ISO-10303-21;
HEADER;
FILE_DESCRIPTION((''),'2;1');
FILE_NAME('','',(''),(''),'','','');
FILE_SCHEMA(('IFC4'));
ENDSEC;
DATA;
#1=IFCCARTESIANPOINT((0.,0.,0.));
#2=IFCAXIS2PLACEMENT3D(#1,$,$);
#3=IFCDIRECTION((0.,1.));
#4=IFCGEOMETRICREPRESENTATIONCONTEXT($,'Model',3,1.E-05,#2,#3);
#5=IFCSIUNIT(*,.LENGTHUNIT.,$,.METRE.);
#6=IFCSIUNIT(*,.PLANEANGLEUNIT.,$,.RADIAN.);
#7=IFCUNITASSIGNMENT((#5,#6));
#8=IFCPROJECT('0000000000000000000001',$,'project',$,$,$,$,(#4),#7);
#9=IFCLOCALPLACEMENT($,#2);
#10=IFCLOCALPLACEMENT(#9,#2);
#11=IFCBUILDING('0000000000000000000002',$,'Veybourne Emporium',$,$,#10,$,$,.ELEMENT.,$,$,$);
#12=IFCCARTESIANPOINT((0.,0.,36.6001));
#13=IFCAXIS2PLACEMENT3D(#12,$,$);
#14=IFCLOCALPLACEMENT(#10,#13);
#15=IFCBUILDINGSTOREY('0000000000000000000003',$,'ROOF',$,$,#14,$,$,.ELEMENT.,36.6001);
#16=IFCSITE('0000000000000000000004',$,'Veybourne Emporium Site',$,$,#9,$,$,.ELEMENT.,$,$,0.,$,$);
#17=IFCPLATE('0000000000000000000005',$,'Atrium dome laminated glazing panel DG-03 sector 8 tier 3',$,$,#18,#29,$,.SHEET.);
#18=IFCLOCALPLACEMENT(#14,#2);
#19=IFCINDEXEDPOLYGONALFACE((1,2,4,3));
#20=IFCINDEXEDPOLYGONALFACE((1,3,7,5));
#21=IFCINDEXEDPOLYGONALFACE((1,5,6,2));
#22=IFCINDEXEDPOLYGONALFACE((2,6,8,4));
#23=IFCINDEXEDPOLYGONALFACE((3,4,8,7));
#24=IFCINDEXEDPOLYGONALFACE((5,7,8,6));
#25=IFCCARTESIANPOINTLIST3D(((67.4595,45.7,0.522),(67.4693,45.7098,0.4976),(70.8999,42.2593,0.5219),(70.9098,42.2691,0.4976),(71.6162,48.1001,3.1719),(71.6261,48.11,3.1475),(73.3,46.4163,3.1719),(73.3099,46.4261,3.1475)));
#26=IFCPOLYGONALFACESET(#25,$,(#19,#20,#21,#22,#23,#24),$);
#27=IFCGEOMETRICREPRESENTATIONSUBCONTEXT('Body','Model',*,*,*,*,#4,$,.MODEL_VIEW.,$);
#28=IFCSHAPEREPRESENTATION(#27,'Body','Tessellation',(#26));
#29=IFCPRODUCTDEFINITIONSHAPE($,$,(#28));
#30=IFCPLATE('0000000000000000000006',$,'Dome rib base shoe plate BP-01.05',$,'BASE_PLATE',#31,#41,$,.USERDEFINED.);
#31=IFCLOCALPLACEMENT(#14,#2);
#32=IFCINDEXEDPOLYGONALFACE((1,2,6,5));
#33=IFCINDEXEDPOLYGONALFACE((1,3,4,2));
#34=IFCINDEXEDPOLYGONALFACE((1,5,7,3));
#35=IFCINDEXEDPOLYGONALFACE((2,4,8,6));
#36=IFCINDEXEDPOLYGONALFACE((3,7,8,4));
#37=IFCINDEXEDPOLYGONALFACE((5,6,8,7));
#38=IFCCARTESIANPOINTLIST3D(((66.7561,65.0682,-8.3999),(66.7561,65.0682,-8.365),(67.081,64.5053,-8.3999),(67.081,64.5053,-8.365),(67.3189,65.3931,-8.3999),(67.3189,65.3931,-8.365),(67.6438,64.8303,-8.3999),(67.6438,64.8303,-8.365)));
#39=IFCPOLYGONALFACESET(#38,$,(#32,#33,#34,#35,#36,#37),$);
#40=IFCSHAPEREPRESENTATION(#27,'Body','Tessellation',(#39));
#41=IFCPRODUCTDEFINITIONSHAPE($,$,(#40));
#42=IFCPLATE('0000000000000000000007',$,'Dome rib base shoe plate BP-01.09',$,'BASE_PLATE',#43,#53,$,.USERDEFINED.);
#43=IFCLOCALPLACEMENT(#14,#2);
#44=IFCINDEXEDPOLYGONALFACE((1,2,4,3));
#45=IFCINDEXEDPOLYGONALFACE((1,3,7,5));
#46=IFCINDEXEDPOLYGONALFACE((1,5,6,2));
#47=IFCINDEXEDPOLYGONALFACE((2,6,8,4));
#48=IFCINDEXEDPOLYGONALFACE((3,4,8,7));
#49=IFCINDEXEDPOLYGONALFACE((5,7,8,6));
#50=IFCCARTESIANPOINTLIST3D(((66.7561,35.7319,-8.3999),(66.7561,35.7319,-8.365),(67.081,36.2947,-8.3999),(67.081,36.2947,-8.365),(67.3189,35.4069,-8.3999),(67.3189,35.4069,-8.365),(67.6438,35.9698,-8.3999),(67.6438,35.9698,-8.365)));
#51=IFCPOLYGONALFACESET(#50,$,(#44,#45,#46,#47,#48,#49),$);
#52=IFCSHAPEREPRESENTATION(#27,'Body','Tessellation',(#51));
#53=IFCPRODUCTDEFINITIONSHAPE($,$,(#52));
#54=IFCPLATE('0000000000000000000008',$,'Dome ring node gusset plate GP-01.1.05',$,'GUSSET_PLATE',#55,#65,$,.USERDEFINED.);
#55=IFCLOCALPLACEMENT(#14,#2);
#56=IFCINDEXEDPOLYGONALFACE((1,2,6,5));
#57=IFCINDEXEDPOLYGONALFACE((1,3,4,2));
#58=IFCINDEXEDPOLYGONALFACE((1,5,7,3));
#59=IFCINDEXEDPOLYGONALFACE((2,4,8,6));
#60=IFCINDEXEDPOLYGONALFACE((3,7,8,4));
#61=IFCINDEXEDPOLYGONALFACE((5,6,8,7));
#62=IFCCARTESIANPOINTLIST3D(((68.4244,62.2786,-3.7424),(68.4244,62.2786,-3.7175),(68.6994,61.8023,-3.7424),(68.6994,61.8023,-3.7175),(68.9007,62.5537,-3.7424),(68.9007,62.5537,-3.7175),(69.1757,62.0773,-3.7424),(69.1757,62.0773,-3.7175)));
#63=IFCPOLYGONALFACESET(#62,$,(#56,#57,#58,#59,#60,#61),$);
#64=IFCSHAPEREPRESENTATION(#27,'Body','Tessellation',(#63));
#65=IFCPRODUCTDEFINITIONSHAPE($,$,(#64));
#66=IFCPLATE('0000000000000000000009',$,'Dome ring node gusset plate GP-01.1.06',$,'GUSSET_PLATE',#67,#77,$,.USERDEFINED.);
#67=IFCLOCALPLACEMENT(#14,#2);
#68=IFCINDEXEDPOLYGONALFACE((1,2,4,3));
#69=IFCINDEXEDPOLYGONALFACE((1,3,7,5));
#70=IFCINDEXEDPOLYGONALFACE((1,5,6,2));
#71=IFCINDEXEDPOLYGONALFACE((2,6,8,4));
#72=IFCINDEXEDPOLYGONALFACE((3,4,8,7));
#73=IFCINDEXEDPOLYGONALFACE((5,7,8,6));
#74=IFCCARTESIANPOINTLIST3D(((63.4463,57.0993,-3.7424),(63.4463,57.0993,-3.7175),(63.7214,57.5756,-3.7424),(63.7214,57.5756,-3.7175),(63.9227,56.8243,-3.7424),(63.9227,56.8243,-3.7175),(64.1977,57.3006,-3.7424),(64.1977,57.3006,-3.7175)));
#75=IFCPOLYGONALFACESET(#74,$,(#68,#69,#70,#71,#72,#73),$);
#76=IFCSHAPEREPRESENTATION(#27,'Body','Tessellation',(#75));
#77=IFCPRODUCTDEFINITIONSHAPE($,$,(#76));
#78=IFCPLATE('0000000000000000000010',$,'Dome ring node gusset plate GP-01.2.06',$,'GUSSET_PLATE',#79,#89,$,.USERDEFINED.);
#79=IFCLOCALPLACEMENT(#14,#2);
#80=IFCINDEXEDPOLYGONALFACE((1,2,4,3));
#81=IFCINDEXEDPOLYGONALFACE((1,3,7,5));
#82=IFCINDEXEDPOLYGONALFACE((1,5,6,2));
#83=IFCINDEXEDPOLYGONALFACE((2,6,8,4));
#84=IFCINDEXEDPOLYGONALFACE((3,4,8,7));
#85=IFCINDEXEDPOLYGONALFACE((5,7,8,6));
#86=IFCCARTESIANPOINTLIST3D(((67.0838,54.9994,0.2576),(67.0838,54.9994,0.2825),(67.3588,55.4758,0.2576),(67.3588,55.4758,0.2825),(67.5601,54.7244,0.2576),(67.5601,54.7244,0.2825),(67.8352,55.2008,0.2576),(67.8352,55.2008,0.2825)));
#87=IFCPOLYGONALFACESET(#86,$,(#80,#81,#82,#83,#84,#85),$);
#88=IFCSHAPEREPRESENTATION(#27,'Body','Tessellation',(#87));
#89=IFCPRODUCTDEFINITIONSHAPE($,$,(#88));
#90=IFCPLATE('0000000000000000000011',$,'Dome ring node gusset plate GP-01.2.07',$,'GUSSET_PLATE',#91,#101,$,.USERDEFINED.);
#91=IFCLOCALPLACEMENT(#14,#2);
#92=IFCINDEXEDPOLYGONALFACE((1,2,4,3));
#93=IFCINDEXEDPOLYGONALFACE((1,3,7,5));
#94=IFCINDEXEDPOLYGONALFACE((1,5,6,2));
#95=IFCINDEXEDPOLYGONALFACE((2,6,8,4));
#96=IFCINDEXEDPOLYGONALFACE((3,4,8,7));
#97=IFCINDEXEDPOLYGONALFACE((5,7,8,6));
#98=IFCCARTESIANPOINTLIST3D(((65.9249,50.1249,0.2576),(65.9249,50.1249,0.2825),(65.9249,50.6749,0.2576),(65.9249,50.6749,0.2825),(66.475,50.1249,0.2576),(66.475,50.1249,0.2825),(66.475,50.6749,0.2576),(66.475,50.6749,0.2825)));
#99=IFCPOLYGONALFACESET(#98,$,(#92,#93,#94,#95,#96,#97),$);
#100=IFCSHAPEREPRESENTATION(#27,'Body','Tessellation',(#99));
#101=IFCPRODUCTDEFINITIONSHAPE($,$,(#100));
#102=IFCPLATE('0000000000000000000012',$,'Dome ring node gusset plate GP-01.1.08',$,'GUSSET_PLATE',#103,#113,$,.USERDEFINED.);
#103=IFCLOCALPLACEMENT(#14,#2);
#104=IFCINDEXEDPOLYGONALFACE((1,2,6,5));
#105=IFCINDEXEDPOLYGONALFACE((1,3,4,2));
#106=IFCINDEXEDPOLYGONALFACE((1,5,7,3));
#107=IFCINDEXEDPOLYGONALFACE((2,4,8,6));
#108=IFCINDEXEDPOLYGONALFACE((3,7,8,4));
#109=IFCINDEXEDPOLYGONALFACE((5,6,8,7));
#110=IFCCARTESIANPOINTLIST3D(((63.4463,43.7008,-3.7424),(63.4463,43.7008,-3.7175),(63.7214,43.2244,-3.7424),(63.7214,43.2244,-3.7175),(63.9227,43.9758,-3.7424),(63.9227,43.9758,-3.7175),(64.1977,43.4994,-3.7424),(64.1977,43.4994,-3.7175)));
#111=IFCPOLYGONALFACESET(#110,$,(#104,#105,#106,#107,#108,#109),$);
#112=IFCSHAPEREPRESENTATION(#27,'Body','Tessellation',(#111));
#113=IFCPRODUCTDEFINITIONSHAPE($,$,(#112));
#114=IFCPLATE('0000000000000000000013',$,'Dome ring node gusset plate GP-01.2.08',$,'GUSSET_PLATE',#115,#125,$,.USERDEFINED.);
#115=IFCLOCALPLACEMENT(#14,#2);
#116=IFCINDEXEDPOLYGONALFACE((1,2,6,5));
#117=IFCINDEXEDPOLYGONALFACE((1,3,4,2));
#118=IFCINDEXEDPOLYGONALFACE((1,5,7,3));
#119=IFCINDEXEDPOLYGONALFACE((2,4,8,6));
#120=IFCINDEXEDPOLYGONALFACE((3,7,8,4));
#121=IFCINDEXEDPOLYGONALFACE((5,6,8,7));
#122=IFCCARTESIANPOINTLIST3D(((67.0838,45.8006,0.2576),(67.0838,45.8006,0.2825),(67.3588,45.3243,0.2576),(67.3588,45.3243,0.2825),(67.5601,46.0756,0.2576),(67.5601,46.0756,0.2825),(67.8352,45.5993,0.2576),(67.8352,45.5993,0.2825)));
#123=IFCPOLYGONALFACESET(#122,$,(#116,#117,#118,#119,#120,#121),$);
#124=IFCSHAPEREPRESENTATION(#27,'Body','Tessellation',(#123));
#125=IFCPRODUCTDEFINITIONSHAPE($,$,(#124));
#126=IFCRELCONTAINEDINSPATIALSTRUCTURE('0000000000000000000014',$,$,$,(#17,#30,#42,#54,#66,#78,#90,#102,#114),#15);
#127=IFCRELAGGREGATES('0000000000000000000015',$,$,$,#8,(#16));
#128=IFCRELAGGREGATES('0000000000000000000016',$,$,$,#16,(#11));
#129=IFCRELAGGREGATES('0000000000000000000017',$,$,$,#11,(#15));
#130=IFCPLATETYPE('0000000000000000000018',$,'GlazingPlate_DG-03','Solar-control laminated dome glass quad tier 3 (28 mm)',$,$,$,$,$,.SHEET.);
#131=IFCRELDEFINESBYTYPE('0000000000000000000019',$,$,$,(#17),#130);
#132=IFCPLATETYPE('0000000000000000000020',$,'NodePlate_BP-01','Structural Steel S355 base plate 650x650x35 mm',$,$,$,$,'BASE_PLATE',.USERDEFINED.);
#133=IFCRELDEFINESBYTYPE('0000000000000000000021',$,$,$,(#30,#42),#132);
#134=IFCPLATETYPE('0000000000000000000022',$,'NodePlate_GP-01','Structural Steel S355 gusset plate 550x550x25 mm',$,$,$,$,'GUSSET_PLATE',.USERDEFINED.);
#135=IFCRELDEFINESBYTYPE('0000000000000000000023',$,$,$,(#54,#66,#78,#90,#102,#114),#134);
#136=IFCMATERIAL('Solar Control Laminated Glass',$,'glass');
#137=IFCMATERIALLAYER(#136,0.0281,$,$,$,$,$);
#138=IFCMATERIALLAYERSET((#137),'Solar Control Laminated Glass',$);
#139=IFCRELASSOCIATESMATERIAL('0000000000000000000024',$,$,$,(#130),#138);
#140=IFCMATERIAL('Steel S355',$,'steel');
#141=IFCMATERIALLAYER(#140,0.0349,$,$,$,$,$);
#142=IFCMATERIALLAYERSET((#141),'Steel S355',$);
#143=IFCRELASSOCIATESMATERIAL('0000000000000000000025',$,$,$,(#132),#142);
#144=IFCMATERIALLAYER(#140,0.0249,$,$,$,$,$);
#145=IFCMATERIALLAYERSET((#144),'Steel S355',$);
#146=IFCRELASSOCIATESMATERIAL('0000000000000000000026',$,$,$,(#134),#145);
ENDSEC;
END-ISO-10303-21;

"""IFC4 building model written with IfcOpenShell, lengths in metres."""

from ifc_helpers import new_model, si_unit, direction, frame, origin, origin_2d, place, context, subcontext, project, spatial, polyline, rectangle, outline, extrude, material, layer, layer_set, type_object, element, save


model = new_model("IFC4")

# Units and contexts
model_context = context("Model", 3, precision=1e-05, world=origin(), true_north=direction((0.0, 1.0)))
body_context = subcontext(model_context, "Body", "Model", "MODEL_VIEW")
ifc_project = project(units=[si_unit("LENGTHUNIT", "METRE"), si_unit("PLANEANGLEUNIT", "RADIAN")], contexts=[model_context])

# Site, building, storey
site_placement = place(None, origin())
site = spatial("IfcSite", under=ifc_project, at=site_placement, Name="Veybourne Emporium Site", CompositionType="ELEMENT", RefElevation=0.0)
building_placement = place(site_placement, origin())
building = spatial("IfcBuilding", under=site, at=building_placement, Name="Veybourne Emporium", CompositionType="ELEMENT")
storey_placement = place(building_placement, frame((0.0, 0.0, 36.6001)))
storey = spatial("IfcBuildingStorey", under=building, at=storey_placement, Name="ROOF", CompositionType="ELEMENT", Elevation=36.6001)

# Shared definitions
ifc_material_1 = material(Name="Steel S355", Category="steel")

# Plates
ifc_material_2 = material(Name="Solar Control Laminated Glass", Category="glass")
ifc_layer_1 = layer(ifc_material_2, 0.0281)
ifc_layer_set_1 = layer_set([ifc_layer_1], Name="Solar Control Laminated Glass")
plate_type_1 = type_object("IfcPlateType", Name="GlazingPlate_DG-03", Description="Solar-control laminated dome glass quad tier 3 (28 mm)", PredefinedType="SHEET", material=ifc_layer_set_1)
plate_1_placement = place(storey_placement, frame((67.4595, 45.7, 0.522), z_axis=(-0.350879, -0.350862, 0.868205), x_axis=(0.707084, -0.70713, -0.000005)))
element("IfcPlate", 1, at=plate_1_placement, inside=storey, type_object=plate_type_1, Name="Atrium dome laminated glazing panel DG-03 sector 8 tier 3", PredefinedType="SHEET", context=body_context, shape_type="SweptSolid", body=[
    extrude(outline(polyline([(0.0, 0.0), (4.8657, 0.0), (3.6232, 5.3404), (1.2419, 5.3403), (0.0, 0.0)])), origin(), (0.0, 0.0, -1.0), 0.0281),
])
ifc_layer_2 = layer(ifc_material_1, 0.0349)
ifc_layer_set_2 = layer_set([ifc_layer_2], Name="Steel S355")
plate_type_2 = type_object("IfcPlateType", Name="NodePlate_BP-01", Description="Structural Steel S355 base plate 650x650x35 mm", ElementType="BASE_PLATE", PredefinedType="USERDEFINED", material=ifc_layer_set_2)
for number, where, z_axis, x_axis, name in (
    (2, (67.2, 64.9492, -8.3999), (0.0, 0.0, 1.0), (-0.5, 0.866025, 0.0), "Dome rib base shoe plate BP-01.05"),
    (3, (67.2, 35.8508, -8.3999), (0.0, 0.0, 1.0), (-0.5, -0.866025, 0.0), "Dome rib base shoe plate BP-01.09"),
):
    element("IfcPlate", number, at=place(storey_placement, frame(where, z_axis=z_axis, x_axis=x_axis)), inside=storey, type_object=plate_type_2, Name=name, ObjectType="BASE_PLATE", PredefinedType="USERDEFINED", context=body_context, shape_type="SweptSolid", body=[
        extrude(rectangle(XDim=0.6499, YDim=0.6499, at=origin_2d()), origin(), (0.0, 0.0, 1.0), 0.0349),
    ])
ifc_layer_3 = layer(ifc_material_1, 0.0249)
ifc_layer_set_3 = layer_set([ifc_layer_3], Name="Steel S355")
plate_type_3 = type_object("IfcPlateType", Name="NodePlate_GP-01", Description="Structural Steel S355 gusset plate 550x550x25 mm", ElementType="GUSSET_PLATE", PredefinedType="USERDEFINED", material=ifc_layer_set_3)
for number, where, z_axis, x_axis, name in (
    (4, (68.8, 62.178, -3.7424), (0.0, 0.0, 1.0), (-0.5, 0.866025, 0.0), "Dome ring node gusset plate GP-01.1.05"),
    (5, (63.822, 57.2, -3.7424), (0.0, 0.0, 1.0), (-0.866025, 0.5, 0.0), "Dome ring node gusset plate GP-01.1.06"),
    (6, (67.4595, 55.1001, 0.2576), (0.0, 0.0, 1.0), (-0.866025, 0.5, 0.0), "Dome ring node gusset plate GP-01.2.06"),
    (7, (66.2, 50.3999, 0.2576), (0.0, 0.0, 1.0), (-1.0, 0.0, 0.0), "Dome ring node gusset plate GP-01.2.07"),
    (8, (63.822, 43.6001, -3.7424), (0.0, 0.0, 1.0), (-0.866025, -0.5, 0.0), "Dome ring node gusset plate GP-01.1.08"),
    (9, (67.4595, 45.7, 0.2576), (0.0, 0.0, 1.0), (-0.866025, -0.5, 0.0), "Dome ring node gusset plate GP-01.2.08"),
):
    element("IfcPlate", number, at=place(storey_placement, frame(where, z_axis=z_axis, x_axis=x_axis)), inside=storey, type_object=plate_type_3, Name=name, ObjectType="GUSSET_PLATE", PredefinedType="USERDEFINED", context=body_context, shape_type="SweptSolid", body=[
        extrude(rectangle(XDim=0.55, YDim=0.55, at=origin_2d()), origin(), (0.0, 0.0, 1.0), 0.0249),
    ])

save(model, "model.ifc")
